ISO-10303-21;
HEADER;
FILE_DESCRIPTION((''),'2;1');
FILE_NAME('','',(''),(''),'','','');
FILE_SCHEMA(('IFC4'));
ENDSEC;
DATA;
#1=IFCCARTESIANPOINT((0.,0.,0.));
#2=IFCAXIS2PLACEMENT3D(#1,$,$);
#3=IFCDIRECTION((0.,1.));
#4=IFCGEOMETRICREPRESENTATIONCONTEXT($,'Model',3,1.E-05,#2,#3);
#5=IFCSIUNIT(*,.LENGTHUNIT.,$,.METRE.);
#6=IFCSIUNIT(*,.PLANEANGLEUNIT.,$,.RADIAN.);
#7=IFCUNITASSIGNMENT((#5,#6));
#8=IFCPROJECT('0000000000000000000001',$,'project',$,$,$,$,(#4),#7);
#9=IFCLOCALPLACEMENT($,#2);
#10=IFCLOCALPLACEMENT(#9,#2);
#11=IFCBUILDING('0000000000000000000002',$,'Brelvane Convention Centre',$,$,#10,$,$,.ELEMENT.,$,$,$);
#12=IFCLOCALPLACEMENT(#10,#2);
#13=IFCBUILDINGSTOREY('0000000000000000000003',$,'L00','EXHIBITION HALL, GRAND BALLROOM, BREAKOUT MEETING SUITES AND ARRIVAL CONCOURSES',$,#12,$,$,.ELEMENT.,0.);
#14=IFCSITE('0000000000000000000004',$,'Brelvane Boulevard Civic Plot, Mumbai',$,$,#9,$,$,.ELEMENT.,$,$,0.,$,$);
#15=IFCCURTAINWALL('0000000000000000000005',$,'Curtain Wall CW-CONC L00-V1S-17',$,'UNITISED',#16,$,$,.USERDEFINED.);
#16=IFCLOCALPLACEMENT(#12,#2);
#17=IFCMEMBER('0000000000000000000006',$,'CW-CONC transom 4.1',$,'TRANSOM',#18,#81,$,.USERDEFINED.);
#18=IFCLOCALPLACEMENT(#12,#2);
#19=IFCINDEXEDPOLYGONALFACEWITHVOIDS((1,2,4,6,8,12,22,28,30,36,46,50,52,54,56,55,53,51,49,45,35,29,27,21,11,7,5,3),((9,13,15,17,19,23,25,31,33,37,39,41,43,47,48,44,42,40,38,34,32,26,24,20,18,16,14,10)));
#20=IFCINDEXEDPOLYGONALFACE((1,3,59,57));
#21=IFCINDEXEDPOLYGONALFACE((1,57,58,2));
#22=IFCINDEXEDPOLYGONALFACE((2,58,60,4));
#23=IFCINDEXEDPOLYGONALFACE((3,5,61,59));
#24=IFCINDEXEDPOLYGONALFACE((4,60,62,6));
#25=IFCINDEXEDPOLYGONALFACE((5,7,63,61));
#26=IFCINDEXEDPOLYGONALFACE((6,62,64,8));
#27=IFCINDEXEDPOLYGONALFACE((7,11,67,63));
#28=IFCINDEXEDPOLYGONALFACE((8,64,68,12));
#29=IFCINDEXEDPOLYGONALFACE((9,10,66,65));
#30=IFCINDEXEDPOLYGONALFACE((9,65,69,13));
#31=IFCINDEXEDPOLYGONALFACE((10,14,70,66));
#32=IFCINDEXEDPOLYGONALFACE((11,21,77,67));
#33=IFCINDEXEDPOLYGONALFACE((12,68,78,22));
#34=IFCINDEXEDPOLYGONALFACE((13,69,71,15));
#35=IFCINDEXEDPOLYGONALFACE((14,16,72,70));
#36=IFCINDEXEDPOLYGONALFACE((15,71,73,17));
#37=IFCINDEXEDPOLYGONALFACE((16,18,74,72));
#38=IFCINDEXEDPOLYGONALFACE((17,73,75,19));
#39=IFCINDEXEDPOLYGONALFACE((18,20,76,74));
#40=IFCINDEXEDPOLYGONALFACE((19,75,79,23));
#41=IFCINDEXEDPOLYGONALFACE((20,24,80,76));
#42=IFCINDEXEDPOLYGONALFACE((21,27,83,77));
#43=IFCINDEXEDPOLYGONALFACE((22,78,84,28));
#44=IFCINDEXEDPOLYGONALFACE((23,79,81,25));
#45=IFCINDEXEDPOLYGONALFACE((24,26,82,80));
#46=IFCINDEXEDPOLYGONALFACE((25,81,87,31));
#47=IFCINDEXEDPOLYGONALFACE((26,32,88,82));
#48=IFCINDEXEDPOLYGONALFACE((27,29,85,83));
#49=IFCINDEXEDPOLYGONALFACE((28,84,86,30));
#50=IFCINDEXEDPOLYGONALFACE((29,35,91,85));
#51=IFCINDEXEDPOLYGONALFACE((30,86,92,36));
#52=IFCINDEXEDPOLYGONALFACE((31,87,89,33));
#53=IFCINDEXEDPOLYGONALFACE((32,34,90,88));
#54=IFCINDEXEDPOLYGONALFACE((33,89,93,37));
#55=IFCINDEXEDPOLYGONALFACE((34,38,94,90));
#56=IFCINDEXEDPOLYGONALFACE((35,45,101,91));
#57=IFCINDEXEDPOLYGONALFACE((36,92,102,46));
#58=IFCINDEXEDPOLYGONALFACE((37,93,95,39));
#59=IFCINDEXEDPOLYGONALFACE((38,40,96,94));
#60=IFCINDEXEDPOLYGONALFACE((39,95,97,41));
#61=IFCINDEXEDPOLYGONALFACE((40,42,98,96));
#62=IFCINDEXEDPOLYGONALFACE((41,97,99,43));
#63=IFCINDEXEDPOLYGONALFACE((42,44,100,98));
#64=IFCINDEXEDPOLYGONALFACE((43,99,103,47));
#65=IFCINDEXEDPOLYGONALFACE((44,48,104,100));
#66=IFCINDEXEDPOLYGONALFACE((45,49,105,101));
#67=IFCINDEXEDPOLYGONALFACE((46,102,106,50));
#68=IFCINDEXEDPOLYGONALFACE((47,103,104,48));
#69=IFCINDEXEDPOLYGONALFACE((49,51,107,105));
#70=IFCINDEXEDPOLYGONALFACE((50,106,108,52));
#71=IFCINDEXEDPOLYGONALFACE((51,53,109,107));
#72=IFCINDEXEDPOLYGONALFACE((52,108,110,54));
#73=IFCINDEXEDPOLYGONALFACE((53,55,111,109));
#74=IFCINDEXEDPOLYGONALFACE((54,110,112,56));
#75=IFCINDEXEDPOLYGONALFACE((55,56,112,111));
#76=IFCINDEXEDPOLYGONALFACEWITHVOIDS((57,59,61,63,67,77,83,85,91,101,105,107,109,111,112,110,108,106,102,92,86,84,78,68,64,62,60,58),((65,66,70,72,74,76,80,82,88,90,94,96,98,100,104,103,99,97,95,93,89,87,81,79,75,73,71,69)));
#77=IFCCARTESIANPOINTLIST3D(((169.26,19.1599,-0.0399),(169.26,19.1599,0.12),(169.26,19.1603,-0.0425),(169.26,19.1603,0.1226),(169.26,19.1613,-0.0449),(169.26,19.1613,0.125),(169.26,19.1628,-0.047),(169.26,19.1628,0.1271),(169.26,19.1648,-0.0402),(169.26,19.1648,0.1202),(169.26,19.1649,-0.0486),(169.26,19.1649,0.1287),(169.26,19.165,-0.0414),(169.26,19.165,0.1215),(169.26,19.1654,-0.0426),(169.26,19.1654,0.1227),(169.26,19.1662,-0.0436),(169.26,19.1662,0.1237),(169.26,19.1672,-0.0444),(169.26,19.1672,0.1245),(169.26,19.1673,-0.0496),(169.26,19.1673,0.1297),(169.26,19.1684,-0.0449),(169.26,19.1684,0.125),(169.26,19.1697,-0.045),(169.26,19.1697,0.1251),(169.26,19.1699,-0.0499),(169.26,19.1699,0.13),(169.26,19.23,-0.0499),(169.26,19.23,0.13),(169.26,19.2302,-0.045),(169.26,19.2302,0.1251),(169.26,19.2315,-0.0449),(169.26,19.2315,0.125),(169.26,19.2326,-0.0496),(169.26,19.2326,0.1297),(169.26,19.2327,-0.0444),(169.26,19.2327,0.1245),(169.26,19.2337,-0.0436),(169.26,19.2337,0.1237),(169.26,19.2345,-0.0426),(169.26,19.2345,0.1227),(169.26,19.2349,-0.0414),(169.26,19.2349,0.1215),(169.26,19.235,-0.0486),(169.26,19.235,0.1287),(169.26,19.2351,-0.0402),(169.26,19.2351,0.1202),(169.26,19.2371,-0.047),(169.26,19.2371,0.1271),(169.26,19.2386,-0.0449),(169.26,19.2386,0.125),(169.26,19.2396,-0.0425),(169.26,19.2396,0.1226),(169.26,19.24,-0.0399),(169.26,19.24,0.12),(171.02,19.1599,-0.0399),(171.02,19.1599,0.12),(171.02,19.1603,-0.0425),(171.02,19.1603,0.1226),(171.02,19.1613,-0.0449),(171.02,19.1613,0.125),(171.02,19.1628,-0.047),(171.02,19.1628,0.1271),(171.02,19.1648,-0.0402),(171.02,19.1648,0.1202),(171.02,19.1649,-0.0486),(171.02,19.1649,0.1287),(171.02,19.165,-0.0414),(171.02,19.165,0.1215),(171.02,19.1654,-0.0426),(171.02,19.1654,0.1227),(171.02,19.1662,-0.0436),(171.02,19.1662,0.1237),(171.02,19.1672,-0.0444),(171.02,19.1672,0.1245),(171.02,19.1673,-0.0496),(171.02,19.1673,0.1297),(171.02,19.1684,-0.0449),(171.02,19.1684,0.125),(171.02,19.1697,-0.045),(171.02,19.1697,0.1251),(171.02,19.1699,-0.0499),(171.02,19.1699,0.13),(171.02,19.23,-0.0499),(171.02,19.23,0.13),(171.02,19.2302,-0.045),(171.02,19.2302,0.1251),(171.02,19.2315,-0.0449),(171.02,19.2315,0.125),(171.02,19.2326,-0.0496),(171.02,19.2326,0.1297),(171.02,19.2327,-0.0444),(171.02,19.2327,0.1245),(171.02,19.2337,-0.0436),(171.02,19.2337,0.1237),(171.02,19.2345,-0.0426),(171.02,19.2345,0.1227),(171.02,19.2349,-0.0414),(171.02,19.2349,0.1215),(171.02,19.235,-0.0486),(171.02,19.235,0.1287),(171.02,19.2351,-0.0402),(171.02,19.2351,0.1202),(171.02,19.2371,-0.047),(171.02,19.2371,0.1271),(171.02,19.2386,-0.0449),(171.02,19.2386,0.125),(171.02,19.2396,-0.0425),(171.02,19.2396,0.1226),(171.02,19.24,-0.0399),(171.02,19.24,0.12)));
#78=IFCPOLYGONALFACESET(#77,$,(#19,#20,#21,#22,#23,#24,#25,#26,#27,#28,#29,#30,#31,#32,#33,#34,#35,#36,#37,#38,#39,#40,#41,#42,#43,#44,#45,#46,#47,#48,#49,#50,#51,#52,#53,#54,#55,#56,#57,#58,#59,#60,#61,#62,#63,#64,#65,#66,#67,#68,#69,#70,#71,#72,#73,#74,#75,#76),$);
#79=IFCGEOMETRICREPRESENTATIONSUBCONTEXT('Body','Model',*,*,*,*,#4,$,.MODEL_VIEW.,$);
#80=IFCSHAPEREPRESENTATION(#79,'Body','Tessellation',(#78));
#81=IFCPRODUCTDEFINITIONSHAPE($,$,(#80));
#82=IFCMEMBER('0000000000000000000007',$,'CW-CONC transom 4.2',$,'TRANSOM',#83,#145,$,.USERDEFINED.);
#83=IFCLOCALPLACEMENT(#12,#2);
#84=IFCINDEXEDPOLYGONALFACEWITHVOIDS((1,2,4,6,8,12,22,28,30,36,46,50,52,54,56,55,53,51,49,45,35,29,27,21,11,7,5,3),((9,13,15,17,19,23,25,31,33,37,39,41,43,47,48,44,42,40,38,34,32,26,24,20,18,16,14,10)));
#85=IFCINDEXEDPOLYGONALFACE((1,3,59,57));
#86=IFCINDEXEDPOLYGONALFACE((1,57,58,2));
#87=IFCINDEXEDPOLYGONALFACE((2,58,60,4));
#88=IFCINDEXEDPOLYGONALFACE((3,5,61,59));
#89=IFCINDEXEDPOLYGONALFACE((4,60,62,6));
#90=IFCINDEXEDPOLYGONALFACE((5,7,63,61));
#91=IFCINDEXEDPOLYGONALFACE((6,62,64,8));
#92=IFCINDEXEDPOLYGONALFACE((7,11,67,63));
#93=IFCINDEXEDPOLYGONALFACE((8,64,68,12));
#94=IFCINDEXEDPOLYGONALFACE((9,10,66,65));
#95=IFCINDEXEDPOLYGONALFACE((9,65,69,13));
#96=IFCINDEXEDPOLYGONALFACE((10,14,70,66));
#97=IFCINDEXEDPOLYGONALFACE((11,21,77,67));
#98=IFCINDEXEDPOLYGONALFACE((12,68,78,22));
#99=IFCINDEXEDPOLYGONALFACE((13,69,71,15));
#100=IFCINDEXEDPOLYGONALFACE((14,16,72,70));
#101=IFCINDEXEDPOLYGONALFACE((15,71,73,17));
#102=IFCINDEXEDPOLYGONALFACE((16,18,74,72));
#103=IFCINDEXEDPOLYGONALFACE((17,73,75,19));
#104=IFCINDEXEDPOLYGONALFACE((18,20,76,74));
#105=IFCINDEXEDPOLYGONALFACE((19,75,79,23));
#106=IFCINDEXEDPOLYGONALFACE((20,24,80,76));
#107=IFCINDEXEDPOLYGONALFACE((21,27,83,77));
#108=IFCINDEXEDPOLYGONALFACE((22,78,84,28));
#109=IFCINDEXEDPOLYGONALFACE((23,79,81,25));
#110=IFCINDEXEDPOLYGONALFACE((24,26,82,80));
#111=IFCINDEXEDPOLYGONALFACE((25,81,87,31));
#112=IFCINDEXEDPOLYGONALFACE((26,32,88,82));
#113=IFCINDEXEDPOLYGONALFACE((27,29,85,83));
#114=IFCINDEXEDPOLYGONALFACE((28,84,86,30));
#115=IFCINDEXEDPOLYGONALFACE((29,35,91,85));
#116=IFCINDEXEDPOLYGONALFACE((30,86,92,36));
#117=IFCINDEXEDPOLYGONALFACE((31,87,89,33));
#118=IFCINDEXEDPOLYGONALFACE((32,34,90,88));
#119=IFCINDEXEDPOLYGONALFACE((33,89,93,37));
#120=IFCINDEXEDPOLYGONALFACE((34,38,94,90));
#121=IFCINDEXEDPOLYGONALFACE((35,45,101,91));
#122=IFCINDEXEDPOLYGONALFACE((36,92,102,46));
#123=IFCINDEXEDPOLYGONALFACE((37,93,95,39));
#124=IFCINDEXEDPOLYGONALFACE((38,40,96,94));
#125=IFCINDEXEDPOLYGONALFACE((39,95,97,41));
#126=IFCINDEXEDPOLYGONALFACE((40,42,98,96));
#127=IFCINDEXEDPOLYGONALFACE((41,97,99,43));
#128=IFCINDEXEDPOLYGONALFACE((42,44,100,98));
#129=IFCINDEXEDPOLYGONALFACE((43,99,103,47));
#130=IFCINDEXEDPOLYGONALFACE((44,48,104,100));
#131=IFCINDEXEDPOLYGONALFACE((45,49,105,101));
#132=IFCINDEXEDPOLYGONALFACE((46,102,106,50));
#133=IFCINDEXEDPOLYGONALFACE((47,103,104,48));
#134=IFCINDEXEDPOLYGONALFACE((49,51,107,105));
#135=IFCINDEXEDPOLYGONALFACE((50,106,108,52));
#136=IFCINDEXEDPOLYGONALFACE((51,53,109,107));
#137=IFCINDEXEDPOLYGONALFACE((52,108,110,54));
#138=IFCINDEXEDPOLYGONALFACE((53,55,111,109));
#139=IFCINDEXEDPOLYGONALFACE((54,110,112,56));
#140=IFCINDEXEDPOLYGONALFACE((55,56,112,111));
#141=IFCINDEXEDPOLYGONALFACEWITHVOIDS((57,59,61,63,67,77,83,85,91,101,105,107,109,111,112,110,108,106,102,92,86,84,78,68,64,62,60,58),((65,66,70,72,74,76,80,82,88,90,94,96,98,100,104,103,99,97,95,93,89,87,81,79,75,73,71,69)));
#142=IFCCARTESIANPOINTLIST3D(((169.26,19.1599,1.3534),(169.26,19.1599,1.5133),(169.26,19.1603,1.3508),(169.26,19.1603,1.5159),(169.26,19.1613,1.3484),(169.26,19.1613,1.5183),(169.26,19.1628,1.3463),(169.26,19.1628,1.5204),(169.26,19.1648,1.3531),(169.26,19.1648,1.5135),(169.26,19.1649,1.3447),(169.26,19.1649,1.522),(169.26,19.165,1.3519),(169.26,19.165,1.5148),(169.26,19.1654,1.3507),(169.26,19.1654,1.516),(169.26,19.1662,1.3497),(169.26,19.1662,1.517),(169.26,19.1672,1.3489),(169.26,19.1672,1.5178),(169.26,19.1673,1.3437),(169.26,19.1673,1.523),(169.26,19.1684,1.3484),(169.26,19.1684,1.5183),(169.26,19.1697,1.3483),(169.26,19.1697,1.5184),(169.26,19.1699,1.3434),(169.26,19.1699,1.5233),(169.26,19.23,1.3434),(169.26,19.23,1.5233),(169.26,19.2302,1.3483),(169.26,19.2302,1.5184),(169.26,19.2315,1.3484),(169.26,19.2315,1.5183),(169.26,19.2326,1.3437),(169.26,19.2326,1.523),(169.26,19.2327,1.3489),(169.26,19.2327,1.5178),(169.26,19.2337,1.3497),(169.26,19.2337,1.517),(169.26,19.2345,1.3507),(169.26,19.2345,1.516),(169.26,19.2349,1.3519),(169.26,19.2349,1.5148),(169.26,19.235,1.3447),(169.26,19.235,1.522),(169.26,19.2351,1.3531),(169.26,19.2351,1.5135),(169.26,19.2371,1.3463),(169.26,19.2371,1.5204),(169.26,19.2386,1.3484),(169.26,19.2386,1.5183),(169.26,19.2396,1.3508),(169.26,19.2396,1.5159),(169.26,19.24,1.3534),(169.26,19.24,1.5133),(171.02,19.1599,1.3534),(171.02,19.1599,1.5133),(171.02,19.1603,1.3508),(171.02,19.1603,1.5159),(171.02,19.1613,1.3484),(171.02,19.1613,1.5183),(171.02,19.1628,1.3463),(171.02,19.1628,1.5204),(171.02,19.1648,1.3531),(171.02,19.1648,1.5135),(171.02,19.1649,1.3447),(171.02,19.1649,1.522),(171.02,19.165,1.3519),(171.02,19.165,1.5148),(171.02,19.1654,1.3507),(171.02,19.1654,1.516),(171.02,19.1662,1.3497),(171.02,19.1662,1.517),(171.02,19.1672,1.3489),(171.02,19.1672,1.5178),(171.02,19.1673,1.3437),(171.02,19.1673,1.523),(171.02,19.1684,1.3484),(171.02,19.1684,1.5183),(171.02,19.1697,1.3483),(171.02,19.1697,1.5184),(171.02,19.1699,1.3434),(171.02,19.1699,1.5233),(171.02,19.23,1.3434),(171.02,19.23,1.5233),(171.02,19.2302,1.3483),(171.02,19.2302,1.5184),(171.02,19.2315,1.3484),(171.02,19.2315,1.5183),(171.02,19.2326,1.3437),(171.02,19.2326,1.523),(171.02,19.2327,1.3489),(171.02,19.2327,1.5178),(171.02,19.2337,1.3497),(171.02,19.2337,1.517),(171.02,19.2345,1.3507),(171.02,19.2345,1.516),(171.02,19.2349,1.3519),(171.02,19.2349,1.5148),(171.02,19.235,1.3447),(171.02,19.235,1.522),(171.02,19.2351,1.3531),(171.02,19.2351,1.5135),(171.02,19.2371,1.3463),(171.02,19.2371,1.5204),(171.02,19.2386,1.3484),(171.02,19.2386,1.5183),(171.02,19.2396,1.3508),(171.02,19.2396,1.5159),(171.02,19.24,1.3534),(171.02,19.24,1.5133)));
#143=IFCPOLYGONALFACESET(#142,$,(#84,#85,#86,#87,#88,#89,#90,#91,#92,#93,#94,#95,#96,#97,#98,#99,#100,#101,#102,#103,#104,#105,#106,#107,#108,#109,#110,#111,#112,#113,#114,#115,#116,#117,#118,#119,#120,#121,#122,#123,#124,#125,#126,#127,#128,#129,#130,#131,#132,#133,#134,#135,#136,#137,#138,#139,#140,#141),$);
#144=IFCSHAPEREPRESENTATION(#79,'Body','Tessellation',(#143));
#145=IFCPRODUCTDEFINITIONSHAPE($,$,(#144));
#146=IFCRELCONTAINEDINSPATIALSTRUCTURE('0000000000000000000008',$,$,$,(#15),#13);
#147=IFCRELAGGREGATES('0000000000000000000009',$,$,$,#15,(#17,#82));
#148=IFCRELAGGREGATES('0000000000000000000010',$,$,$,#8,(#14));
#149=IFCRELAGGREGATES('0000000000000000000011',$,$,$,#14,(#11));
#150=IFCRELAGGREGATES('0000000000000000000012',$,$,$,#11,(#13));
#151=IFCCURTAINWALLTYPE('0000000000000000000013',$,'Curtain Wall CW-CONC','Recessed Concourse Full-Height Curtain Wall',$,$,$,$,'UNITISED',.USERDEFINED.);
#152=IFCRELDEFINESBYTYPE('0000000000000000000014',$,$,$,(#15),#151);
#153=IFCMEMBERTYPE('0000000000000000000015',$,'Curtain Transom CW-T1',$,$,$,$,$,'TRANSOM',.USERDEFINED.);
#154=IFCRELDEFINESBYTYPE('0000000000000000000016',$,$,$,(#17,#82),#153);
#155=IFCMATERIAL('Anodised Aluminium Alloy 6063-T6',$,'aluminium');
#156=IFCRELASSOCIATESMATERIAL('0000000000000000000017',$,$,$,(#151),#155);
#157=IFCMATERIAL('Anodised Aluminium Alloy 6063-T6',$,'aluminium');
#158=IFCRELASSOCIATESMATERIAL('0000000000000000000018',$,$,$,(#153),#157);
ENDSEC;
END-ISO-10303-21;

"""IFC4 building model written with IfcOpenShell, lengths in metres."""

from ifc_helpers import new_model, si_unit, direction, frame, origin, origin_2d, place, context, subcontext, project, spatial, hollow_rectangle, extrude, material, material_profile, profile_set, type_object, element, aggregate, save


model = new_model("IFC4")

# Units and contexts
model_context = context("Model", 3, precision=1e-05, world=origin(), true_north=direction((0.0, 1.0)))
body_context = subcontext(model_context, "Body", "Model", "MODEL_VIEW")
ifc_project = project(units=[si_unit("LENGTHUNIT", "METRE"), si_unit("PLANEANGLEUNIT", "RADIAN")], contexts=[model_context])

# Site, building, storey
site_placement = place(None, origin())
site = spatial("IfcSite", under=ifc_project, at=site_placement, Name="Brelvane Boulevard Civic Plot, Mumbai", CompositionType="ELEMENT", RefElevation=0.0)
building_placement = place(site_placement, origin())
building = spatial("IfcBuilding", under=site, at=building_placement, Name="Brelvane Convention Centre", CompositionType="ELEMENT")
storey_placement = place(building_placement, origin())
storey = spatial("IfcBuildingStorey", under=building, at=storey_placement, Name="L00", Description="EXHIBITION HALL, GRAND BALLROOM, BREAKOUT MEETING SUITES AND ARRIVAL CONCOURSES", CompositionType="ELEMENT", Elevation=0.0)

# Curtain wall, members
ifc_material_1 = material(Name="Anodised Aluminium Alloy 6063-T6", Category="aluminium")
curtain_wall_type = type_object("IfcCurtainWallType", Name="Curtain Wall CW-CONC", Description="Recessed Concourse Full-Height Curtain Wall", ElementType="UNITISED", PredefinedType="USERDEFINED", material=ifc_material_1)
curtain_wall_placement = place(storey_placement, origin())
curtain_wall = element("IfcCurtainWall", 1, at=curtain_wall_placement, inside=storey, type_object=curtain_wall_type, Name="Curtain Wall CW-CONC L00-V1S-17", ObjectType="UNITISED", PredefinedType="USERDEFINED")
ifc_material_2 = material(Name="Anodised Aluminium Alloy 6063-T6", Category="aluminium")
ifc_material_profile_1 = material_profile(ifc_material_2, hollow_rectangle(XDim=0.0801, YDim=0.1799, WallThickness=0.0049, InnerFilletRadius=0.0049, OuterFilletRadius=0.01, at=origin_2d()), Name="ALU-T 180x80x5.0")
ifc_profile_set_1 = profile_set([ifc_material_profile_1], Name="Anodised Aluminium Alloy 6063-T6")
member_type_1 = type_object("IfcMemberType", Name="Curtain Transom CW-T1", ElementType="TRANSOM", PredefinedType="USERDEFINED", material=ifc_profile_set_1)
member_1_placement = place(storey_placement, frame((169.26, 19.2, 0.04), z_axis=(1.0, 0.0, 0.0), x_axis=(0.0, 1.0, 0.0)))
member_1 = element("IfcMember", 2, at=member_1_placement, type_object=member_type_1, Name="CW-CONC transom 4.1", ObjectType="TRANSOM", PredefinedType="USERDEFINED", context=body_context, shape_type="SweptSolid", body=[
    extrude(hollow_rectangle(XDim=0.0801, YDim=0.1799, WallThickness=0.0049, InnerFilletRadius=0.0049, OuterFilletRadius=0.01, at=origin_2d()), origin(), (0.0, 0.0, 1.0), 1.76),
])
member_2_placement = place(storey_placement, frame((169.26, 19.2, 1.4333), z_axis=(1.0, 0.0, 0.0), x_axis=(0.0, 1.0, 0.0)))
member_2 = element("IfcMember", 3, at=member_2_placement, type_object=member_type_1, Name="CW-CONC transom 4.2", ObjectType="TRANSOM", PredefinedType="USERDEFINED", context=body_context, shape_type="SweptSolid", body=[
    extrude(hollow_rectangle(XDim=0.0801, YDim=0.1799, WallThickness=0.0049, InnerFilletRadius=0.0049, OuterFilletRadius=0.01, at=origin_2d()), origin(), (0.0, 0.0, 1.0), 1.76),
])

aggregate(curtain_wall, [member_1, member_2])

save(model, "model.ifc")
